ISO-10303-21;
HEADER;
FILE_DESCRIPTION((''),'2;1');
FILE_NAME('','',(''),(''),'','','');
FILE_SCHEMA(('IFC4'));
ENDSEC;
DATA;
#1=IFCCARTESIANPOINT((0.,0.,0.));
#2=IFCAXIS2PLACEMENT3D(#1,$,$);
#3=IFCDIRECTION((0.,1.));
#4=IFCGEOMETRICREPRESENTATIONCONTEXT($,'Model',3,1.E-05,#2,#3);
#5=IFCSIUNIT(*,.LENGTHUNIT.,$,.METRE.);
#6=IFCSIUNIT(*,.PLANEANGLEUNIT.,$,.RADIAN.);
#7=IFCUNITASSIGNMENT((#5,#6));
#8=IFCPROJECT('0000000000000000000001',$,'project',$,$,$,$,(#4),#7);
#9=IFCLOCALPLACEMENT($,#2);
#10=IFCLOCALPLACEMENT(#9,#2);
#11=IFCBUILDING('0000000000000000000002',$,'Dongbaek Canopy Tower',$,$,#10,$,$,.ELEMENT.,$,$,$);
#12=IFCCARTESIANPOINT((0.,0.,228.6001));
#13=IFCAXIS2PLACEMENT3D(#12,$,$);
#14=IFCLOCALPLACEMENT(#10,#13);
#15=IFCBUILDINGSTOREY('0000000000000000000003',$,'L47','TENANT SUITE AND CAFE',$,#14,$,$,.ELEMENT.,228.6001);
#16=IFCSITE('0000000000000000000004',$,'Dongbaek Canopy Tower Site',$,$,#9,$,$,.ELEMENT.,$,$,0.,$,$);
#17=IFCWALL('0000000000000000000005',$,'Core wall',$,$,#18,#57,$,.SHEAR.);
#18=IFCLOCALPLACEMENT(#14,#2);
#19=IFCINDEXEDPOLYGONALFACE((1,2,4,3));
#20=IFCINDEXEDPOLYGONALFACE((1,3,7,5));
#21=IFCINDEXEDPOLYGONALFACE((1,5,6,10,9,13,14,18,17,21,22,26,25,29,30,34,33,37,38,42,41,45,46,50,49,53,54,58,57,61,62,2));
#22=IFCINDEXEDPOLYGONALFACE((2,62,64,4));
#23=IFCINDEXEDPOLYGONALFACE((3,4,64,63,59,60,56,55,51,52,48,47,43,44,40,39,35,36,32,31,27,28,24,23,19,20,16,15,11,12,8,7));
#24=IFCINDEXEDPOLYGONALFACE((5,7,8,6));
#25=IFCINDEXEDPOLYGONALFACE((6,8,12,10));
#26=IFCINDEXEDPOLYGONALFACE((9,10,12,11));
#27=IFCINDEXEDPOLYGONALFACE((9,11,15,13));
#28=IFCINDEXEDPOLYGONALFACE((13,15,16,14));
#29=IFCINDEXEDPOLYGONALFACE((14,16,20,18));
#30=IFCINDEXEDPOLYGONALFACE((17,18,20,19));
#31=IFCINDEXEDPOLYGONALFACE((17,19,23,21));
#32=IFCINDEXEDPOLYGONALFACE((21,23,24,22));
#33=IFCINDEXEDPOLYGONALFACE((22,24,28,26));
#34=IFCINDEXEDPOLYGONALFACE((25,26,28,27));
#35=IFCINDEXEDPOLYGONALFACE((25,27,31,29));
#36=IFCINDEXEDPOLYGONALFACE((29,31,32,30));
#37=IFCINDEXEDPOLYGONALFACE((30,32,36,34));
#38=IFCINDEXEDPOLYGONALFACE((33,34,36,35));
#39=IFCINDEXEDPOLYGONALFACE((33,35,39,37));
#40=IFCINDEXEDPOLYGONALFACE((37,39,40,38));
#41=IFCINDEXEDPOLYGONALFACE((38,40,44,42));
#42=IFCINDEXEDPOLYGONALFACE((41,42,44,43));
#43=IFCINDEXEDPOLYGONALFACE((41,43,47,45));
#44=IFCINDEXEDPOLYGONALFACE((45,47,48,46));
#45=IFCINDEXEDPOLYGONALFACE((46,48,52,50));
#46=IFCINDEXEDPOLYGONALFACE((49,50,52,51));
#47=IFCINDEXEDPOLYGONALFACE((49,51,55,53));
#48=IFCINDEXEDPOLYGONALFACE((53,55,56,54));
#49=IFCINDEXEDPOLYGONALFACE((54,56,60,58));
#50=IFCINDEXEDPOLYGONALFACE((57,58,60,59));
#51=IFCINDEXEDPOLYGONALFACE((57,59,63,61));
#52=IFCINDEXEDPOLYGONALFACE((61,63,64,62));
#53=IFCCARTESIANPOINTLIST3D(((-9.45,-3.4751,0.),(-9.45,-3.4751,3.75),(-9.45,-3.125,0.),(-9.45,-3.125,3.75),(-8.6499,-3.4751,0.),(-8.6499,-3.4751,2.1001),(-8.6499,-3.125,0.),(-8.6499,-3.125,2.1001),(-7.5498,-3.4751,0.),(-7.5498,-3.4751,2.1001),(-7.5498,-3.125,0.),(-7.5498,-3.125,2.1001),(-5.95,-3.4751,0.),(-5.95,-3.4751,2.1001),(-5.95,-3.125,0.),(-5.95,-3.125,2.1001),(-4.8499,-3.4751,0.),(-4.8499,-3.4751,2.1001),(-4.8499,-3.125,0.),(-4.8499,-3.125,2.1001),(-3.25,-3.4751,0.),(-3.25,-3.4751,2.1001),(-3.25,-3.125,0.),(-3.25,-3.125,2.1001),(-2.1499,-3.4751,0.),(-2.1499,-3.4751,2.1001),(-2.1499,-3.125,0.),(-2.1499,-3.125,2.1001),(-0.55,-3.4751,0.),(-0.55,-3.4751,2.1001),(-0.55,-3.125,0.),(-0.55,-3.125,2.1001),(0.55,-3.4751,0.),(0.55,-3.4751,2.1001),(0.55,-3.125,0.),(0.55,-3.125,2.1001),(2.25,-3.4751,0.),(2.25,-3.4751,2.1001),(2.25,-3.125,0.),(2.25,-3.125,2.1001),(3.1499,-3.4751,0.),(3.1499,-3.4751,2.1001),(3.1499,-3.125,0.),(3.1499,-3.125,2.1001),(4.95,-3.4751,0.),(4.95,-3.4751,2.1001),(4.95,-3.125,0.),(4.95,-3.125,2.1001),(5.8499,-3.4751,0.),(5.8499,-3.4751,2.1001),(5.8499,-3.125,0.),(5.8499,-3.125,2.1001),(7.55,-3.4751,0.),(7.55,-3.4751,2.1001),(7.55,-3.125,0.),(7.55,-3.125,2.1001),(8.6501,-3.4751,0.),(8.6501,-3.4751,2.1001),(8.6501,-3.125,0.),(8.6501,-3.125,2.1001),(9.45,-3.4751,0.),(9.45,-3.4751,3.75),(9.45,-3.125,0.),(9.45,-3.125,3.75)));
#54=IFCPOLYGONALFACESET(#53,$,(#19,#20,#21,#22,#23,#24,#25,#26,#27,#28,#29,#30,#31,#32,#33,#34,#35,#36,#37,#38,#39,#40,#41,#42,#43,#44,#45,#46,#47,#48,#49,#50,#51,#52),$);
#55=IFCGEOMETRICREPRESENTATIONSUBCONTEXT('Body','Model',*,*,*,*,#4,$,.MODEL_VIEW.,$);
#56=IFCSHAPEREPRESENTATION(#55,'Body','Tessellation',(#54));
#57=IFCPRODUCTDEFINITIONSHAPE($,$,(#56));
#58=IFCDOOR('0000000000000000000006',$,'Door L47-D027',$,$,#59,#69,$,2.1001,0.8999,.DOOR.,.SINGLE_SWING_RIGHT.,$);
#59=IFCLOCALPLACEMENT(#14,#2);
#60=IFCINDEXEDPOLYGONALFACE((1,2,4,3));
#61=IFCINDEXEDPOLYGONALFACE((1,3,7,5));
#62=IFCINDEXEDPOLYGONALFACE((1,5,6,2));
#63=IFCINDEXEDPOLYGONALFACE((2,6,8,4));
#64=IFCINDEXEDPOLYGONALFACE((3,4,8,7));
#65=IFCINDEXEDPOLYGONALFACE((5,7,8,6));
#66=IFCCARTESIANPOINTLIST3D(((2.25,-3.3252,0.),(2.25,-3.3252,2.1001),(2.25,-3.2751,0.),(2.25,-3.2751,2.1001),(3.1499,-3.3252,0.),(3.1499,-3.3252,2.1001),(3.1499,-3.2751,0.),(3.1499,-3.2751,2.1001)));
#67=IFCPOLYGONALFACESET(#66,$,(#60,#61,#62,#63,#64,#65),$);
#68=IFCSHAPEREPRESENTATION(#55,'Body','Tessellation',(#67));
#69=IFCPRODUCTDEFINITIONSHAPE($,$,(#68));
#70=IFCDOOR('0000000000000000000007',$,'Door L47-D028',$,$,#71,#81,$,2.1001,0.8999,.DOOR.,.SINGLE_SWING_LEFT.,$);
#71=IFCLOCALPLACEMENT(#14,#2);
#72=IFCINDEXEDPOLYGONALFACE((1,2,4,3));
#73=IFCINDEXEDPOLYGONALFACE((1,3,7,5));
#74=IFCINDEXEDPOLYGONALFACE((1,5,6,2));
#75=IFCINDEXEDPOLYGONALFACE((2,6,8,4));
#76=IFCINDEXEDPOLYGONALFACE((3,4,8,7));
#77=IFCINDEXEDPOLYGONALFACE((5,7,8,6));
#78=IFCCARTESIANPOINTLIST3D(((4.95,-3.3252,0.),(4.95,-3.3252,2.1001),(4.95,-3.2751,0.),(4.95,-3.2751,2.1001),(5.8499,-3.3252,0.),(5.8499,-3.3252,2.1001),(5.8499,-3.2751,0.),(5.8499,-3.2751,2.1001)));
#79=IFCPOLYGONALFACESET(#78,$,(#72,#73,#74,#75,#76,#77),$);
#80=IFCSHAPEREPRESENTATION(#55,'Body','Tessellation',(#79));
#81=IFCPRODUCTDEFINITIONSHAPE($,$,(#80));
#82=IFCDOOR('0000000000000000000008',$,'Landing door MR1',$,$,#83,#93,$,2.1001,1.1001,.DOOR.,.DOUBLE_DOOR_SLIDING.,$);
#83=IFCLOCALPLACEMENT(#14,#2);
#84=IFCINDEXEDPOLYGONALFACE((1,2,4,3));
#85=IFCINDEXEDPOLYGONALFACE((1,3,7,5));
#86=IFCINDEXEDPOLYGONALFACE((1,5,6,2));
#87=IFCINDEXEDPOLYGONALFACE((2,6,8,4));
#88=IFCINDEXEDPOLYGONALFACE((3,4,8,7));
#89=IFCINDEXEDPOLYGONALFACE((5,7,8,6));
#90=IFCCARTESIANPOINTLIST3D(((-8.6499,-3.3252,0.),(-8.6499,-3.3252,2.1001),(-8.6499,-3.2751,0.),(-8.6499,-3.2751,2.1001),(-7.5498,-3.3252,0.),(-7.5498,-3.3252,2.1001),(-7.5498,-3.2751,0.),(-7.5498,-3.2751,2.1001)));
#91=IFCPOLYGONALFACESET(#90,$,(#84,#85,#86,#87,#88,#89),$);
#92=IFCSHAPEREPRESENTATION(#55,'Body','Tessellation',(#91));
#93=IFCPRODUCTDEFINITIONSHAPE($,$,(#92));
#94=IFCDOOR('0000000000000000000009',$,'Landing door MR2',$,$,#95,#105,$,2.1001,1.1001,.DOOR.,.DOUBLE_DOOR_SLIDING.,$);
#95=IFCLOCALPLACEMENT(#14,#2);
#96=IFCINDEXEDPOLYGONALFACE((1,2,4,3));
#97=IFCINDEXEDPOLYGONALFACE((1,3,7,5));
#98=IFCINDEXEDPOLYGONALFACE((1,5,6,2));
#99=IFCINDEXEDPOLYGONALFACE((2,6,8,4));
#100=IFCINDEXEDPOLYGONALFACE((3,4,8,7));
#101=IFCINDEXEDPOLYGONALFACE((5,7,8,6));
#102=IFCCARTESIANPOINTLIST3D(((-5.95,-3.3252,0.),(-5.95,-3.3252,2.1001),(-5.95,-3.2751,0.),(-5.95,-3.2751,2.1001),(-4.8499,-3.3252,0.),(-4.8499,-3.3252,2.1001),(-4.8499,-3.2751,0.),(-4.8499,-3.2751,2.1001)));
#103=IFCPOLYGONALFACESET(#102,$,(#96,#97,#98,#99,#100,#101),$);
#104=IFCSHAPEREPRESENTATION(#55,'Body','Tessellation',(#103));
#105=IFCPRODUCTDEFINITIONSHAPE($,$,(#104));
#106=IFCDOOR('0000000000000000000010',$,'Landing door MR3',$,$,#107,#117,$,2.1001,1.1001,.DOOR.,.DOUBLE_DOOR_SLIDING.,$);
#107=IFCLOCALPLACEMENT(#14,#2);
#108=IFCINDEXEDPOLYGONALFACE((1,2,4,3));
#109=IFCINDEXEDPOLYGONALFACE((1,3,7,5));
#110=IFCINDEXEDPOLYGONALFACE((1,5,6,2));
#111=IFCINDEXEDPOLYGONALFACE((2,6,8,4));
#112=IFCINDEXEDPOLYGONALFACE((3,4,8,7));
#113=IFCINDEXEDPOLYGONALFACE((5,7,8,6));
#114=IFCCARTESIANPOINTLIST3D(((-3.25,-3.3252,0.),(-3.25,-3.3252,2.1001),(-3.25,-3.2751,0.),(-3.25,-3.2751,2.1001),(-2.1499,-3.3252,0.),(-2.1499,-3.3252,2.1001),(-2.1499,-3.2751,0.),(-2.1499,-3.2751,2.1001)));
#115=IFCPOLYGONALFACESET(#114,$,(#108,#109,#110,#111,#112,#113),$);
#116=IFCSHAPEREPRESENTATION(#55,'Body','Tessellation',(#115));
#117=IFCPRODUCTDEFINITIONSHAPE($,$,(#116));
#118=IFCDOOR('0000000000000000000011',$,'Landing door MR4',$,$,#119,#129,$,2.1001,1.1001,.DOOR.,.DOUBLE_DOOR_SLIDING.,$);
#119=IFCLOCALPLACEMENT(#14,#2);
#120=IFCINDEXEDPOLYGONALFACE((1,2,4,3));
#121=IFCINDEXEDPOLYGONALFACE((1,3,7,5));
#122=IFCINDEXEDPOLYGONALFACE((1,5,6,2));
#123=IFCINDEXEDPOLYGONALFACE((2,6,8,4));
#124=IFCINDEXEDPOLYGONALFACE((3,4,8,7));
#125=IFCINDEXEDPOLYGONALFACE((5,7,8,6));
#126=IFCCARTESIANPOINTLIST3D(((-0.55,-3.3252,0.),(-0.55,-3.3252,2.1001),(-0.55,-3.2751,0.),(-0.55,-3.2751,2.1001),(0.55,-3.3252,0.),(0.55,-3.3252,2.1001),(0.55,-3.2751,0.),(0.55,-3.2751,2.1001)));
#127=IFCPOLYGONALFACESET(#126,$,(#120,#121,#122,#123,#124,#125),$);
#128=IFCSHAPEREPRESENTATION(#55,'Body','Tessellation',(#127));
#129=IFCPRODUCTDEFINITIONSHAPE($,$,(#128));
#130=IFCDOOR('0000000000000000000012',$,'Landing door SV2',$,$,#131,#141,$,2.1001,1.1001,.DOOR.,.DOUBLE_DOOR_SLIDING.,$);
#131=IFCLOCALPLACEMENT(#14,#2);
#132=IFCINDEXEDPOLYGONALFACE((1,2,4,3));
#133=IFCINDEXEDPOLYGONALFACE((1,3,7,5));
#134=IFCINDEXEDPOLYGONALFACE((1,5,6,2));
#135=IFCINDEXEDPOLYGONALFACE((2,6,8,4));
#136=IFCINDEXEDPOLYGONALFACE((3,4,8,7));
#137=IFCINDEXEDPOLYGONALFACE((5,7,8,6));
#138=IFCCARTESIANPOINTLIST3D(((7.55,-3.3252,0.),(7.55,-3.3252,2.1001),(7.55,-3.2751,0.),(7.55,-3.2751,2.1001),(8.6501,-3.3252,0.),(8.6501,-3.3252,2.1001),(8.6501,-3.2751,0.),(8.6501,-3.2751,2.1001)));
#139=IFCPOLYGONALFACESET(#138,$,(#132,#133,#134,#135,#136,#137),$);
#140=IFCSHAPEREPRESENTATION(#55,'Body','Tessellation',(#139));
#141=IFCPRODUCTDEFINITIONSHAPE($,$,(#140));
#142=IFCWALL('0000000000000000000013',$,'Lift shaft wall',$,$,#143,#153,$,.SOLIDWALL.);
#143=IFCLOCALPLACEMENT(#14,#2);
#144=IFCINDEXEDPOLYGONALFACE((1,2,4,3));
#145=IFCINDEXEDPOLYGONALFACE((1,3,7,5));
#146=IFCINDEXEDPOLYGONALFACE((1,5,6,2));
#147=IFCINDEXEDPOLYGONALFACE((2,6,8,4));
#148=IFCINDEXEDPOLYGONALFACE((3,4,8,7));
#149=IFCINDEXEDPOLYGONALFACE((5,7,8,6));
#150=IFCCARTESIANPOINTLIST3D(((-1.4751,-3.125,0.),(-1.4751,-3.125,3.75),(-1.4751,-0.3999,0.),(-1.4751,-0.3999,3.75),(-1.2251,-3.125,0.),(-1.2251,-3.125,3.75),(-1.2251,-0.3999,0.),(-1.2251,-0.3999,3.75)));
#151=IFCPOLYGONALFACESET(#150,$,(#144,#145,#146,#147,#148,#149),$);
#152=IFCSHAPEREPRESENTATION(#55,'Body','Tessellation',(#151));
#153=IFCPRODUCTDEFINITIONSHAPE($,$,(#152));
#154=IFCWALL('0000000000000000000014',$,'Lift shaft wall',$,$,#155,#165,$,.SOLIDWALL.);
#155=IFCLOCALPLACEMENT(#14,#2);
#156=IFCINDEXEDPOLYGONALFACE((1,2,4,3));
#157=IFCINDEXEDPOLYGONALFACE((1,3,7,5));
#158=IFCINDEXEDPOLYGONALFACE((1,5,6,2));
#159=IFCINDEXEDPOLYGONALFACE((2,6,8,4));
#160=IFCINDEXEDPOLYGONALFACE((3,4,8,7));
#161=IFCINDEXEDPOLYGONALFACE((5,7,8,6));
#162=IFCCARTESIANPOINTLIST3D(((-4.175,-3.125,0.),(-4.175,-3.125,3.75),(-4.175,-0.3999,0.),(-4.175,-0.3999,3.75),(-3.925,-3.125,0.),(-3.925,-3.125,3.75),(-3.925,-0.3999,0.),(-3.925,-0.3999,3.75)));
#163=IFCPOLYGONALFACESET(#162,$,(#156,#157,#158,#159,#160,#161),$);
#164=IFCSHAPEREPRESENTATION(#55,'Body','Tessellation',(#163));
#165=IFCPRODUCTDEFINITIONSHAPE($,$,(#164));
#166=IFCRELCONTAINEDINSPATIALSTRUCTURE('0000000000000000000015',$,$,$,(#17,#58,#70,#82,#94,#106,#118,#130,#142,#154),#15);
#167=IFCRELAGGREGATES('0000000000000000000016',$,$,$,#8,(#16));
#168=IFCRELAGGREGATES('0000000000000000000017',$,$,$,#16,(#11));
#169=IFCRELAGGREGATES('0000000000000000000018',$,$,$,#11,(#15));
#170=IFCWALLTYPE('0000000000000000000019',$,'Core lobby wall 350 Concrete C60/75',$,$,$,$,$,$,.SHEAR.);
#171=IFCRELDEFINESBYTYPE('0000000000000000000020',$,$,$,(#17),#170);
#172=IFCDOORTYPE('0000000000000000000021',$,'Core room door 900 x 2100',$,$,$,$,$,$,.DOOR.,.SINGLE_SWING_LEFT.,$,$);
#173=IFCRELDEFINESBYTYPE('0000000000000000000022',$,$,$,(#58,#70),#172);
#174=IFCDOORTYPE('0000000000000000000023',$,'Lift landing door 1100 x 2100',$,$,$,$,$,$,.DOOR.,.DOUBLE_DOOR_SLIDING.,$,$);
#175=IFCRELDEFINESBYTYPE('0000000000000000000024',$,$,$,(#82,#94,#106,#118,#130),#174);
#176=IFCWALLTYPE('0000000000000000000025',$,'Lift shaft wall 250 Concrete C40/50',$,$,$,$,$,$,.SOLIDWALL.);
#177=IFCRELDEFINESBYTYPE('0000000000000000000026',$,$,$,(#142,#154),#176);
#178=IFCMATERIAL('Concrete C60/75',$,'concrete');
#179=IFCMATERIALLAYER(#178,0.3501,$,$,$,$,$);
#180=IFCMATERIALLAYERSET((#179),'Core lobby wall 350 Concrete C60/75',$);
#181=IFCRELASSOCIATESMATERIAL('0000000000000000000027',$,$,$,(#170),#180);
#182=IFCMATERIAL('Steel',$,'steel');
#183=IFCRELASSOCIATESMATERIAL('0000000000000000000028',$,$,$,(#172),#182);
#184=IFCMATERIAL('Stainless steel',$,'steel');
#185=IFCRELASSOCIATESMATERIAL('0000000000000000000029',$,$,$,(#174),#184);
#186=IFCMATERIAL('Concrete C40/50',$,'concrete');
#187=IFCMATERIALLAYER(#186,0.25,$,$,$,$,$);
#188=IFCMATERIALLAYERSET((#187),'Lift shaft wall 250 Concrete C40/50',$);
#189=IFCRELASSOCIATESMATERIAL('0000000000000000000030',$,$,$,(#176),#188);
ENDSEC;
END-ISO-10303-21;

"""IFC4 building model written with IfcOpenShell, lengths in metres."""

from ifc_helpers import new_model, si_unit, direction, frame, frame_2d, origin, place, context, subcontext, project, spatial, rectangle, extrude, material, layer, layer_set, type_object, element, fill, save


model = new_model("IFC4")

# Units and contexts
model_context = context("Model", 3, precision=1e-05, world=origin(), true_north=direction((0.0, 1.0)))
body_context = subcontext(model_context, "Body", "Model", "MODEL_VIEW")
ifc_project = project(units=[si_unit("LENGTHUNIT", "METRE"), si_unit("PLANEANGLEUNIT", "RADIAN")], contexts=[model_context])

# Site, building, storey
site_placement = place(None, origin())
site = spatial("IfcSite", under=ifc_project, at=site_placement, Name="Dongbaek Canopy Tower Site", CompositionType="ELEMENT", RefElevation=0.0)
building_placement = place(site_placement, origin())
building = spatial("IfcBuilding", under=site, at=building_placement, Name="Dongbaek Canopy Tower", CompositionType="ELEMENT")
storey_placement = place(building_placement, frame((0.0, 0.0, 228.6001)))
storey = spatial("IfcBuildingStorey", under=building, at=storey_placement, Name="L47", Description="TENANT SUITE AND CAFE", CompositionType="ELEMENT", Elevation=228.6001)

# Wall, openings, doors
ifc_material_1 = material(Name="Concrete C60/75", Category="concrete")
ifc_layer_1 = layer(ifc_material_1, 0.3501)
ifc_layer_set_1 = layer_set([ifc_layer_1], Name="Core lobby wall 350 Concrete C60/75")
wall_type_1 = type_object("IfcWallType", Name="Core lobby wall 350 Concrete C60/75", PredefinedType="SHEAR", material=ifc_layer_set_1)
wall_1_placement = place(storey_placement, frame((-9.45, -3.3, 0.0), z_axis=(0.0, 0.0, 1.0), x_axis=(1.0, 0.0, 0.0)))
wall_1 = element("IfcWall", 1, at=wall_1_placement, inside=storey, type_object=wall_type_1, Name="Core wall", PredefinedType="SHEAR", context=body_context, shape_type="SweptSolid", body=[
    extrude(rectangle(XDim=18.8999, YDim=0.3501, at=frame_2d((9.45, 0.0))), origin(), (0.0, 0.0, 1.0), 3.75),
])
opening_1_placement = place(wall_1_placement, frame((0.8, 0.0, 0.0)))
opening_1 = element("IfcOpeningElement", 2, at=opening_1_placement, cuts=wall_1, PredefinedType="OPENING", context=body_context, shape_type="SweptSolid", body=[
    extrude(rectangle(XDim=1.1001, YDim=2.1001, at=frame_2d((0.55, 1.05))), frame((0.0, 0.1851, 0.0), z_axis=(0.0, -1.0, 0.0), x_axis=(1.0, 0.0, 0.0)), (0.0, 0.0, 1.0), 0.3701),
])
opening_2_placement = place(wall_1_placement, frame((3.5, 0.0, 0.0)))
opening_2 = element("IfcOpeningElement", 3, at=opening_2_placement, cuts=wall_1, PredefinedType="OPENING", context=body_context, shape_type="SweptSolid", body=[
    extrude(rectangle(XDim=1.1001, YDim=2.1001, at=frame_2d((0.55, 1.05))), frame((0.0, 0.1851, 0.0), z_axis=(0.0, -1.0, 0.0), x_axis=(1.0, 0.0, 0.0)), (0.0, 0.0, 1.0), 0.3701),
])
opening_3_placement = place(wall_1_placement, frame((6.2, 0.0, 0.0)))
opening_3 = element("IfcOpeningElement", 4, at=opening_3_placement, cuts=wall_1, PredefinedType="OPENING", context=body_context, shape_type="SweptSolid", body=[
    extrude(rectangle(XDim=1.1001, YDim=2.1001, at=frame_2d((0.55, 1.05))), frame((0.0, 0.1851, 0.0), z_axis=(0.0, -1.0, 0.0), x_axis=(1.0, 0.0, 0.0)), (0.0, 0.0, 1.0), 0.3701),
])
opening_4_placement = place(wall_1_placement, frame((8.8999, 0.0, 0.0)))
opening_4 = element("IfcOpeningElement", 5, at=opening_4_placement, cuts=wall_1, PredefinedType="OPENING", context=body_context, shape_type="SweptSolid", body=[
    extrude(rectangle(XDim=1.1001, YDim=2.1001, at=frame_2d((0.55, 1.05))), frame((0.0, 0.1851, 0.0), z_axis=(0.0, -1.0, 0.0), x_axis=(1.0, 0.0, 0.0)), (0.0, 0.0, 1.0), 0.3701),
])
opening_5_placement = place(wall_1_placement, frame((17.0, 0.0, 0.0)))
opening_5 = element("IfcOpeningElement", 6, at=opening_5_placement, cuts=wall_1, PredefinedType="OPENING", context=body_context, shape_type="SweptSolid", body=[
    extrude(rectangle(XDim=1.1001, YDim=2.1001, at=frame_2d((0.55, 1.05))), frame((0.0, 0.1851, 0.0), z_axis=(0.0, -1.0, 0.0), x_axis=(1.0, 0.0, 0.0)), (0.0, 0.0, 1.0), 0.3701),
])
opening_6_placement = place(wall_1_placement, frame((11.7, 0.0, 0.0)))
opening_6 = element("IfcOpeningElement", 7, at=opening_6_placement, cuts=wall_1, PredefinedType="OPENING", context=body_context, shape_type="SweptSolid", body=[
    extrude(rectangle(XDim=0.8999, YDim=2.1001, at=frame_2d((0.45, 1.05))), frame((0.0, 0.1851, 0.0), z_axis=(0.0, -1.0, 0.0), x_axis=(1.0, 0.0, 0.0)), (0.0, 0.0, 1.0), 0.3701),
])
opening_7_placement = place(wall_1_placement, frame((14.3999, 0.0, 0.0)))
opening_7 = element("IfcOpeningElement", 8, at=opening_7_placement, cuts=wall_1, PredefinedType="OPENING", context=body_context, shape_type="SweptSolid", body=[
    extrude(rectangle(XDim=0.8999, YDim=2.1001, at=frame_2d((0.45, 1.05))), frame((0.0, 0.1851, 0.0), z_axis=(0.0, -1.0, 0.0), x_axis=(1.0, 0.0, 0.0)), (0.0, 0.0, 1.0), 0.3701),
])
ifc_material_2 = material(Name="Steel", Category="steel")
door_type_1 = type_object("IfcDoorType", Name="Core room door 900 x 2100", OperationType="SINGLE_SWING_LEFT", PredefinedType="DOOR", material=ifc_material_2)
door_1_placement = place(opening_6_placement, origin())
door_1 = element("IfcDoor", 9, at=door_1_placement, inside=storey, type_object=door_type_1, Name="Door L47-D027", OperationType="SINGLE_SWING_RIGHT", OverallHeight=2.1001, OverallWidth=0.8999, PredefinedType="DOOR", context=body_context, shape_type="SweptSolid", body=[
    extrude(rectangle(XDim=0.8999, YDim=2.1001, at=frame_2d((0.45, 1.05))), frame((0.0, 0.0249, 0.0), z_axis=(0.0, -1.0, 0.0), x_axis=(1.0, 0.0, 0.0)), (0.0, 0.0, 1.0), 0.05),
])
fill(opening_6, door_1)
door_2_placement = place(opening_7_placement, origin())
door_2 = element("IfcDoor", 10, at=door_2_placement, inside=storey, type_object=door_type_1, Name="Door L47-D028", OperationType="SINGLE_SWING_LEFT", OverallHeight=2.1001, OverallWidth=0.8999, PredefinedType="DOOR", context=body_context, shape_type="SweptSolid", body=[
    extrude(rectangle(XDim=0.8999, YDim=2.1001, at=frame_2d((0.45, 1.05))), frame((0.0, 0.0249, 0.0), z_axis=(0.0, -1.0, 0.0), x_axis=(1.0, 0.0, 0.0)), (0.0, 0.0, 1.0), 0.05),
])
fill(opening_7, door_2)
ifc_material_3 = material(Name="Stainless steel", Category="steel")
door_type_2 = type_object("IfcDoorType", Name="Lift landing door 1100 x 2100", OperationType="DOUBLE_DOOR_SLIDING", PredefinedType="DOOR", material=ifc_material_3)
door_3_placement = place(opening_1_placement, origin())
door_3 = element("IfcDoor", 11, at=door_3_placement, inside=storey, type_object=door_type_2, Name="Landing door MR1", OperationType="DOUBLE_DOOR_SLIDING", OverallHeight=2.1001, OverallWidth=1.1001, PredefinedType="DOOR", context=body_context, shape_type="SweptSolid", body=[
    extrude(rectangle(XDim=1.1001, YDim=2.1001, at=frame_2d((0.55, 1.05))), frame((0.0, 0.0249, 0.0), z_axis=(0.0, -1.0, 0.0), x_axis=(1.0, 0.0, 0.0)), (0.0, 0.0, 1.0), 0.05),
])
fill(opening_1, door_3)
door_4_placement = place(opening_2_placement, origin())
door_4 = element("IfcDoor", 12, at=door_4_placement, inside=storey, type_object=door_type_2, Name="Landing door MR2", OperationType="DOUBLE_DOOR_SLIDING", OverallHeight=2.1001, OverallWidth=1.1001, PredefinedType="DOOR", context=body_context, shape_type="SweptSolid", body=[
    extrude(rectangle(XDim=1.1001, YDim=2.1001, at=frame_2d((0.55, 1.05))), frame((0.0, 0.0249, 0.0), z_axis=(0.0, -1.0, 0.0), x_axis=(1.0, 0.0, 0.0)), (0.0, 0.0, 1.0), 0.05),
])
fill(opening_2, door_4)
door_5_placement = place(opening_3_placement, origin())
door_5 = element("IfcDoor", 13, at=door_5_placement, inside=storey, type_object=door_type_2, Name="Landing door MR3", OperationType="DOUBLE_DOOR_SLIDING", OverallHeight=2.1001, OverallWidth=1.1001, PredefinedType="DOOR", context=body_context, shape_type="SweptSolid", body=[
    extrude(rectangle(XDim=1.1001, YDim=2.1001, at=frame_2d((0.55, 1.05))), frame((0.0, 0.0249, 0.0), z_axis=(0.0, -1.0, 0.0), x_axis=(1.0, 0.0, 0.0)), (0.0, 0.0, 1.0), 0.05),
])
fill(opening_3, door_5)
door_6_placement = place(opening_4_placement, origin())
door_6 = element("IfcDoor", 14, at=door_6_placement, inside=storey, type_object=door_type_2, Name="Landing door MR4", OperationType="DOUBLE_DOOR_SLIDING", OverallHeight=2.1001, OverallWidth=1.1001, PredefinedType="DOOR", context=body_context, shape_type="SweptSolid", body=[
    extrude(rectangle(XDim=1.1001, YDim=2.1001, at=frame_2d((0.55, 1.05))), frame((0.0, 0.0249, 0.0), z_axis=(0.0, -1.0, 0.0), x_axis=(1.0, 0.0, 0.0)), (0.0, 0.0, 1.0), 0.05),
])
fill(opening_4, door_6)
door_7_placement = place(opening_5_placement, origin())
door_7 = element("IfcDoor", 15, at=door_7_placement, inside=storey, type_object=door_type_2, Name="Landing door SV2", OperationType="DOUBLE_DOOR_SLIDING", OverallHeight=2.1001, OverallWidth=1.1001, PredefinedType="DOOR", context=body_context, shape_type="SweptSolid", body=[
    extrude(rectangle(XDim=1.1001, YDim=2.1001, at=frame_2d((0.55, 1.05))), frame((0.0, 0.0249, 0.0), z_axis=(0.0, -1.0, 0.0), x_axis=(1.0, 0.0, 0.0)), (0.0, 0.0, 1.0), 0.05),
])
fill(opening_5, door_7)

# Walls
ifc_material_4 = material(Name="Concrete C40/50", Category="concrete")
ifc_layer_2 = layer(ifc_material_4, 0.25)
ifc_layer_set_2 = layer_set([ifc_layer_2], Name="Lift shaft wall 250 Concrete C40/50")
wall_type_2 = type_object("IfcWallType", Name="Lift shaft wall 250 Concrete C40/50", PredefinedType="SOLIDWALL", material=ifc_layer_set_2)
for number, where, z_axis, x_axis, name in (
    (16, (-1.3501, -3.125, 0.0), (0.0, 0.0, 1.0), (0.0, 1.0, 0.0), "Lift shaft wall"),
    (17, (-4.05, -3.125, 0.0), (0.0, 0.0, 1.0), (0.0, 1.0, 0.0), "Lift shaft wall"),
):
    element("IfcWall", number, at=place(storey_placement, frame(where, z_axis=z_axis, x_axis=x_axis)), inside=storey, type_object=wall_type_2, Name=name, PredefinedType="SOLIDWALL", context=body_context, shape_type="SweptSolid", body=[
        extrude(rectangle(XDim=2.7251, YDim=0.25, at=frame_2d((1.3625, 0.0))), origin(), (0.0, 0.0, 1.0), 3.75),
    ])

save(model, "model.ifc")
